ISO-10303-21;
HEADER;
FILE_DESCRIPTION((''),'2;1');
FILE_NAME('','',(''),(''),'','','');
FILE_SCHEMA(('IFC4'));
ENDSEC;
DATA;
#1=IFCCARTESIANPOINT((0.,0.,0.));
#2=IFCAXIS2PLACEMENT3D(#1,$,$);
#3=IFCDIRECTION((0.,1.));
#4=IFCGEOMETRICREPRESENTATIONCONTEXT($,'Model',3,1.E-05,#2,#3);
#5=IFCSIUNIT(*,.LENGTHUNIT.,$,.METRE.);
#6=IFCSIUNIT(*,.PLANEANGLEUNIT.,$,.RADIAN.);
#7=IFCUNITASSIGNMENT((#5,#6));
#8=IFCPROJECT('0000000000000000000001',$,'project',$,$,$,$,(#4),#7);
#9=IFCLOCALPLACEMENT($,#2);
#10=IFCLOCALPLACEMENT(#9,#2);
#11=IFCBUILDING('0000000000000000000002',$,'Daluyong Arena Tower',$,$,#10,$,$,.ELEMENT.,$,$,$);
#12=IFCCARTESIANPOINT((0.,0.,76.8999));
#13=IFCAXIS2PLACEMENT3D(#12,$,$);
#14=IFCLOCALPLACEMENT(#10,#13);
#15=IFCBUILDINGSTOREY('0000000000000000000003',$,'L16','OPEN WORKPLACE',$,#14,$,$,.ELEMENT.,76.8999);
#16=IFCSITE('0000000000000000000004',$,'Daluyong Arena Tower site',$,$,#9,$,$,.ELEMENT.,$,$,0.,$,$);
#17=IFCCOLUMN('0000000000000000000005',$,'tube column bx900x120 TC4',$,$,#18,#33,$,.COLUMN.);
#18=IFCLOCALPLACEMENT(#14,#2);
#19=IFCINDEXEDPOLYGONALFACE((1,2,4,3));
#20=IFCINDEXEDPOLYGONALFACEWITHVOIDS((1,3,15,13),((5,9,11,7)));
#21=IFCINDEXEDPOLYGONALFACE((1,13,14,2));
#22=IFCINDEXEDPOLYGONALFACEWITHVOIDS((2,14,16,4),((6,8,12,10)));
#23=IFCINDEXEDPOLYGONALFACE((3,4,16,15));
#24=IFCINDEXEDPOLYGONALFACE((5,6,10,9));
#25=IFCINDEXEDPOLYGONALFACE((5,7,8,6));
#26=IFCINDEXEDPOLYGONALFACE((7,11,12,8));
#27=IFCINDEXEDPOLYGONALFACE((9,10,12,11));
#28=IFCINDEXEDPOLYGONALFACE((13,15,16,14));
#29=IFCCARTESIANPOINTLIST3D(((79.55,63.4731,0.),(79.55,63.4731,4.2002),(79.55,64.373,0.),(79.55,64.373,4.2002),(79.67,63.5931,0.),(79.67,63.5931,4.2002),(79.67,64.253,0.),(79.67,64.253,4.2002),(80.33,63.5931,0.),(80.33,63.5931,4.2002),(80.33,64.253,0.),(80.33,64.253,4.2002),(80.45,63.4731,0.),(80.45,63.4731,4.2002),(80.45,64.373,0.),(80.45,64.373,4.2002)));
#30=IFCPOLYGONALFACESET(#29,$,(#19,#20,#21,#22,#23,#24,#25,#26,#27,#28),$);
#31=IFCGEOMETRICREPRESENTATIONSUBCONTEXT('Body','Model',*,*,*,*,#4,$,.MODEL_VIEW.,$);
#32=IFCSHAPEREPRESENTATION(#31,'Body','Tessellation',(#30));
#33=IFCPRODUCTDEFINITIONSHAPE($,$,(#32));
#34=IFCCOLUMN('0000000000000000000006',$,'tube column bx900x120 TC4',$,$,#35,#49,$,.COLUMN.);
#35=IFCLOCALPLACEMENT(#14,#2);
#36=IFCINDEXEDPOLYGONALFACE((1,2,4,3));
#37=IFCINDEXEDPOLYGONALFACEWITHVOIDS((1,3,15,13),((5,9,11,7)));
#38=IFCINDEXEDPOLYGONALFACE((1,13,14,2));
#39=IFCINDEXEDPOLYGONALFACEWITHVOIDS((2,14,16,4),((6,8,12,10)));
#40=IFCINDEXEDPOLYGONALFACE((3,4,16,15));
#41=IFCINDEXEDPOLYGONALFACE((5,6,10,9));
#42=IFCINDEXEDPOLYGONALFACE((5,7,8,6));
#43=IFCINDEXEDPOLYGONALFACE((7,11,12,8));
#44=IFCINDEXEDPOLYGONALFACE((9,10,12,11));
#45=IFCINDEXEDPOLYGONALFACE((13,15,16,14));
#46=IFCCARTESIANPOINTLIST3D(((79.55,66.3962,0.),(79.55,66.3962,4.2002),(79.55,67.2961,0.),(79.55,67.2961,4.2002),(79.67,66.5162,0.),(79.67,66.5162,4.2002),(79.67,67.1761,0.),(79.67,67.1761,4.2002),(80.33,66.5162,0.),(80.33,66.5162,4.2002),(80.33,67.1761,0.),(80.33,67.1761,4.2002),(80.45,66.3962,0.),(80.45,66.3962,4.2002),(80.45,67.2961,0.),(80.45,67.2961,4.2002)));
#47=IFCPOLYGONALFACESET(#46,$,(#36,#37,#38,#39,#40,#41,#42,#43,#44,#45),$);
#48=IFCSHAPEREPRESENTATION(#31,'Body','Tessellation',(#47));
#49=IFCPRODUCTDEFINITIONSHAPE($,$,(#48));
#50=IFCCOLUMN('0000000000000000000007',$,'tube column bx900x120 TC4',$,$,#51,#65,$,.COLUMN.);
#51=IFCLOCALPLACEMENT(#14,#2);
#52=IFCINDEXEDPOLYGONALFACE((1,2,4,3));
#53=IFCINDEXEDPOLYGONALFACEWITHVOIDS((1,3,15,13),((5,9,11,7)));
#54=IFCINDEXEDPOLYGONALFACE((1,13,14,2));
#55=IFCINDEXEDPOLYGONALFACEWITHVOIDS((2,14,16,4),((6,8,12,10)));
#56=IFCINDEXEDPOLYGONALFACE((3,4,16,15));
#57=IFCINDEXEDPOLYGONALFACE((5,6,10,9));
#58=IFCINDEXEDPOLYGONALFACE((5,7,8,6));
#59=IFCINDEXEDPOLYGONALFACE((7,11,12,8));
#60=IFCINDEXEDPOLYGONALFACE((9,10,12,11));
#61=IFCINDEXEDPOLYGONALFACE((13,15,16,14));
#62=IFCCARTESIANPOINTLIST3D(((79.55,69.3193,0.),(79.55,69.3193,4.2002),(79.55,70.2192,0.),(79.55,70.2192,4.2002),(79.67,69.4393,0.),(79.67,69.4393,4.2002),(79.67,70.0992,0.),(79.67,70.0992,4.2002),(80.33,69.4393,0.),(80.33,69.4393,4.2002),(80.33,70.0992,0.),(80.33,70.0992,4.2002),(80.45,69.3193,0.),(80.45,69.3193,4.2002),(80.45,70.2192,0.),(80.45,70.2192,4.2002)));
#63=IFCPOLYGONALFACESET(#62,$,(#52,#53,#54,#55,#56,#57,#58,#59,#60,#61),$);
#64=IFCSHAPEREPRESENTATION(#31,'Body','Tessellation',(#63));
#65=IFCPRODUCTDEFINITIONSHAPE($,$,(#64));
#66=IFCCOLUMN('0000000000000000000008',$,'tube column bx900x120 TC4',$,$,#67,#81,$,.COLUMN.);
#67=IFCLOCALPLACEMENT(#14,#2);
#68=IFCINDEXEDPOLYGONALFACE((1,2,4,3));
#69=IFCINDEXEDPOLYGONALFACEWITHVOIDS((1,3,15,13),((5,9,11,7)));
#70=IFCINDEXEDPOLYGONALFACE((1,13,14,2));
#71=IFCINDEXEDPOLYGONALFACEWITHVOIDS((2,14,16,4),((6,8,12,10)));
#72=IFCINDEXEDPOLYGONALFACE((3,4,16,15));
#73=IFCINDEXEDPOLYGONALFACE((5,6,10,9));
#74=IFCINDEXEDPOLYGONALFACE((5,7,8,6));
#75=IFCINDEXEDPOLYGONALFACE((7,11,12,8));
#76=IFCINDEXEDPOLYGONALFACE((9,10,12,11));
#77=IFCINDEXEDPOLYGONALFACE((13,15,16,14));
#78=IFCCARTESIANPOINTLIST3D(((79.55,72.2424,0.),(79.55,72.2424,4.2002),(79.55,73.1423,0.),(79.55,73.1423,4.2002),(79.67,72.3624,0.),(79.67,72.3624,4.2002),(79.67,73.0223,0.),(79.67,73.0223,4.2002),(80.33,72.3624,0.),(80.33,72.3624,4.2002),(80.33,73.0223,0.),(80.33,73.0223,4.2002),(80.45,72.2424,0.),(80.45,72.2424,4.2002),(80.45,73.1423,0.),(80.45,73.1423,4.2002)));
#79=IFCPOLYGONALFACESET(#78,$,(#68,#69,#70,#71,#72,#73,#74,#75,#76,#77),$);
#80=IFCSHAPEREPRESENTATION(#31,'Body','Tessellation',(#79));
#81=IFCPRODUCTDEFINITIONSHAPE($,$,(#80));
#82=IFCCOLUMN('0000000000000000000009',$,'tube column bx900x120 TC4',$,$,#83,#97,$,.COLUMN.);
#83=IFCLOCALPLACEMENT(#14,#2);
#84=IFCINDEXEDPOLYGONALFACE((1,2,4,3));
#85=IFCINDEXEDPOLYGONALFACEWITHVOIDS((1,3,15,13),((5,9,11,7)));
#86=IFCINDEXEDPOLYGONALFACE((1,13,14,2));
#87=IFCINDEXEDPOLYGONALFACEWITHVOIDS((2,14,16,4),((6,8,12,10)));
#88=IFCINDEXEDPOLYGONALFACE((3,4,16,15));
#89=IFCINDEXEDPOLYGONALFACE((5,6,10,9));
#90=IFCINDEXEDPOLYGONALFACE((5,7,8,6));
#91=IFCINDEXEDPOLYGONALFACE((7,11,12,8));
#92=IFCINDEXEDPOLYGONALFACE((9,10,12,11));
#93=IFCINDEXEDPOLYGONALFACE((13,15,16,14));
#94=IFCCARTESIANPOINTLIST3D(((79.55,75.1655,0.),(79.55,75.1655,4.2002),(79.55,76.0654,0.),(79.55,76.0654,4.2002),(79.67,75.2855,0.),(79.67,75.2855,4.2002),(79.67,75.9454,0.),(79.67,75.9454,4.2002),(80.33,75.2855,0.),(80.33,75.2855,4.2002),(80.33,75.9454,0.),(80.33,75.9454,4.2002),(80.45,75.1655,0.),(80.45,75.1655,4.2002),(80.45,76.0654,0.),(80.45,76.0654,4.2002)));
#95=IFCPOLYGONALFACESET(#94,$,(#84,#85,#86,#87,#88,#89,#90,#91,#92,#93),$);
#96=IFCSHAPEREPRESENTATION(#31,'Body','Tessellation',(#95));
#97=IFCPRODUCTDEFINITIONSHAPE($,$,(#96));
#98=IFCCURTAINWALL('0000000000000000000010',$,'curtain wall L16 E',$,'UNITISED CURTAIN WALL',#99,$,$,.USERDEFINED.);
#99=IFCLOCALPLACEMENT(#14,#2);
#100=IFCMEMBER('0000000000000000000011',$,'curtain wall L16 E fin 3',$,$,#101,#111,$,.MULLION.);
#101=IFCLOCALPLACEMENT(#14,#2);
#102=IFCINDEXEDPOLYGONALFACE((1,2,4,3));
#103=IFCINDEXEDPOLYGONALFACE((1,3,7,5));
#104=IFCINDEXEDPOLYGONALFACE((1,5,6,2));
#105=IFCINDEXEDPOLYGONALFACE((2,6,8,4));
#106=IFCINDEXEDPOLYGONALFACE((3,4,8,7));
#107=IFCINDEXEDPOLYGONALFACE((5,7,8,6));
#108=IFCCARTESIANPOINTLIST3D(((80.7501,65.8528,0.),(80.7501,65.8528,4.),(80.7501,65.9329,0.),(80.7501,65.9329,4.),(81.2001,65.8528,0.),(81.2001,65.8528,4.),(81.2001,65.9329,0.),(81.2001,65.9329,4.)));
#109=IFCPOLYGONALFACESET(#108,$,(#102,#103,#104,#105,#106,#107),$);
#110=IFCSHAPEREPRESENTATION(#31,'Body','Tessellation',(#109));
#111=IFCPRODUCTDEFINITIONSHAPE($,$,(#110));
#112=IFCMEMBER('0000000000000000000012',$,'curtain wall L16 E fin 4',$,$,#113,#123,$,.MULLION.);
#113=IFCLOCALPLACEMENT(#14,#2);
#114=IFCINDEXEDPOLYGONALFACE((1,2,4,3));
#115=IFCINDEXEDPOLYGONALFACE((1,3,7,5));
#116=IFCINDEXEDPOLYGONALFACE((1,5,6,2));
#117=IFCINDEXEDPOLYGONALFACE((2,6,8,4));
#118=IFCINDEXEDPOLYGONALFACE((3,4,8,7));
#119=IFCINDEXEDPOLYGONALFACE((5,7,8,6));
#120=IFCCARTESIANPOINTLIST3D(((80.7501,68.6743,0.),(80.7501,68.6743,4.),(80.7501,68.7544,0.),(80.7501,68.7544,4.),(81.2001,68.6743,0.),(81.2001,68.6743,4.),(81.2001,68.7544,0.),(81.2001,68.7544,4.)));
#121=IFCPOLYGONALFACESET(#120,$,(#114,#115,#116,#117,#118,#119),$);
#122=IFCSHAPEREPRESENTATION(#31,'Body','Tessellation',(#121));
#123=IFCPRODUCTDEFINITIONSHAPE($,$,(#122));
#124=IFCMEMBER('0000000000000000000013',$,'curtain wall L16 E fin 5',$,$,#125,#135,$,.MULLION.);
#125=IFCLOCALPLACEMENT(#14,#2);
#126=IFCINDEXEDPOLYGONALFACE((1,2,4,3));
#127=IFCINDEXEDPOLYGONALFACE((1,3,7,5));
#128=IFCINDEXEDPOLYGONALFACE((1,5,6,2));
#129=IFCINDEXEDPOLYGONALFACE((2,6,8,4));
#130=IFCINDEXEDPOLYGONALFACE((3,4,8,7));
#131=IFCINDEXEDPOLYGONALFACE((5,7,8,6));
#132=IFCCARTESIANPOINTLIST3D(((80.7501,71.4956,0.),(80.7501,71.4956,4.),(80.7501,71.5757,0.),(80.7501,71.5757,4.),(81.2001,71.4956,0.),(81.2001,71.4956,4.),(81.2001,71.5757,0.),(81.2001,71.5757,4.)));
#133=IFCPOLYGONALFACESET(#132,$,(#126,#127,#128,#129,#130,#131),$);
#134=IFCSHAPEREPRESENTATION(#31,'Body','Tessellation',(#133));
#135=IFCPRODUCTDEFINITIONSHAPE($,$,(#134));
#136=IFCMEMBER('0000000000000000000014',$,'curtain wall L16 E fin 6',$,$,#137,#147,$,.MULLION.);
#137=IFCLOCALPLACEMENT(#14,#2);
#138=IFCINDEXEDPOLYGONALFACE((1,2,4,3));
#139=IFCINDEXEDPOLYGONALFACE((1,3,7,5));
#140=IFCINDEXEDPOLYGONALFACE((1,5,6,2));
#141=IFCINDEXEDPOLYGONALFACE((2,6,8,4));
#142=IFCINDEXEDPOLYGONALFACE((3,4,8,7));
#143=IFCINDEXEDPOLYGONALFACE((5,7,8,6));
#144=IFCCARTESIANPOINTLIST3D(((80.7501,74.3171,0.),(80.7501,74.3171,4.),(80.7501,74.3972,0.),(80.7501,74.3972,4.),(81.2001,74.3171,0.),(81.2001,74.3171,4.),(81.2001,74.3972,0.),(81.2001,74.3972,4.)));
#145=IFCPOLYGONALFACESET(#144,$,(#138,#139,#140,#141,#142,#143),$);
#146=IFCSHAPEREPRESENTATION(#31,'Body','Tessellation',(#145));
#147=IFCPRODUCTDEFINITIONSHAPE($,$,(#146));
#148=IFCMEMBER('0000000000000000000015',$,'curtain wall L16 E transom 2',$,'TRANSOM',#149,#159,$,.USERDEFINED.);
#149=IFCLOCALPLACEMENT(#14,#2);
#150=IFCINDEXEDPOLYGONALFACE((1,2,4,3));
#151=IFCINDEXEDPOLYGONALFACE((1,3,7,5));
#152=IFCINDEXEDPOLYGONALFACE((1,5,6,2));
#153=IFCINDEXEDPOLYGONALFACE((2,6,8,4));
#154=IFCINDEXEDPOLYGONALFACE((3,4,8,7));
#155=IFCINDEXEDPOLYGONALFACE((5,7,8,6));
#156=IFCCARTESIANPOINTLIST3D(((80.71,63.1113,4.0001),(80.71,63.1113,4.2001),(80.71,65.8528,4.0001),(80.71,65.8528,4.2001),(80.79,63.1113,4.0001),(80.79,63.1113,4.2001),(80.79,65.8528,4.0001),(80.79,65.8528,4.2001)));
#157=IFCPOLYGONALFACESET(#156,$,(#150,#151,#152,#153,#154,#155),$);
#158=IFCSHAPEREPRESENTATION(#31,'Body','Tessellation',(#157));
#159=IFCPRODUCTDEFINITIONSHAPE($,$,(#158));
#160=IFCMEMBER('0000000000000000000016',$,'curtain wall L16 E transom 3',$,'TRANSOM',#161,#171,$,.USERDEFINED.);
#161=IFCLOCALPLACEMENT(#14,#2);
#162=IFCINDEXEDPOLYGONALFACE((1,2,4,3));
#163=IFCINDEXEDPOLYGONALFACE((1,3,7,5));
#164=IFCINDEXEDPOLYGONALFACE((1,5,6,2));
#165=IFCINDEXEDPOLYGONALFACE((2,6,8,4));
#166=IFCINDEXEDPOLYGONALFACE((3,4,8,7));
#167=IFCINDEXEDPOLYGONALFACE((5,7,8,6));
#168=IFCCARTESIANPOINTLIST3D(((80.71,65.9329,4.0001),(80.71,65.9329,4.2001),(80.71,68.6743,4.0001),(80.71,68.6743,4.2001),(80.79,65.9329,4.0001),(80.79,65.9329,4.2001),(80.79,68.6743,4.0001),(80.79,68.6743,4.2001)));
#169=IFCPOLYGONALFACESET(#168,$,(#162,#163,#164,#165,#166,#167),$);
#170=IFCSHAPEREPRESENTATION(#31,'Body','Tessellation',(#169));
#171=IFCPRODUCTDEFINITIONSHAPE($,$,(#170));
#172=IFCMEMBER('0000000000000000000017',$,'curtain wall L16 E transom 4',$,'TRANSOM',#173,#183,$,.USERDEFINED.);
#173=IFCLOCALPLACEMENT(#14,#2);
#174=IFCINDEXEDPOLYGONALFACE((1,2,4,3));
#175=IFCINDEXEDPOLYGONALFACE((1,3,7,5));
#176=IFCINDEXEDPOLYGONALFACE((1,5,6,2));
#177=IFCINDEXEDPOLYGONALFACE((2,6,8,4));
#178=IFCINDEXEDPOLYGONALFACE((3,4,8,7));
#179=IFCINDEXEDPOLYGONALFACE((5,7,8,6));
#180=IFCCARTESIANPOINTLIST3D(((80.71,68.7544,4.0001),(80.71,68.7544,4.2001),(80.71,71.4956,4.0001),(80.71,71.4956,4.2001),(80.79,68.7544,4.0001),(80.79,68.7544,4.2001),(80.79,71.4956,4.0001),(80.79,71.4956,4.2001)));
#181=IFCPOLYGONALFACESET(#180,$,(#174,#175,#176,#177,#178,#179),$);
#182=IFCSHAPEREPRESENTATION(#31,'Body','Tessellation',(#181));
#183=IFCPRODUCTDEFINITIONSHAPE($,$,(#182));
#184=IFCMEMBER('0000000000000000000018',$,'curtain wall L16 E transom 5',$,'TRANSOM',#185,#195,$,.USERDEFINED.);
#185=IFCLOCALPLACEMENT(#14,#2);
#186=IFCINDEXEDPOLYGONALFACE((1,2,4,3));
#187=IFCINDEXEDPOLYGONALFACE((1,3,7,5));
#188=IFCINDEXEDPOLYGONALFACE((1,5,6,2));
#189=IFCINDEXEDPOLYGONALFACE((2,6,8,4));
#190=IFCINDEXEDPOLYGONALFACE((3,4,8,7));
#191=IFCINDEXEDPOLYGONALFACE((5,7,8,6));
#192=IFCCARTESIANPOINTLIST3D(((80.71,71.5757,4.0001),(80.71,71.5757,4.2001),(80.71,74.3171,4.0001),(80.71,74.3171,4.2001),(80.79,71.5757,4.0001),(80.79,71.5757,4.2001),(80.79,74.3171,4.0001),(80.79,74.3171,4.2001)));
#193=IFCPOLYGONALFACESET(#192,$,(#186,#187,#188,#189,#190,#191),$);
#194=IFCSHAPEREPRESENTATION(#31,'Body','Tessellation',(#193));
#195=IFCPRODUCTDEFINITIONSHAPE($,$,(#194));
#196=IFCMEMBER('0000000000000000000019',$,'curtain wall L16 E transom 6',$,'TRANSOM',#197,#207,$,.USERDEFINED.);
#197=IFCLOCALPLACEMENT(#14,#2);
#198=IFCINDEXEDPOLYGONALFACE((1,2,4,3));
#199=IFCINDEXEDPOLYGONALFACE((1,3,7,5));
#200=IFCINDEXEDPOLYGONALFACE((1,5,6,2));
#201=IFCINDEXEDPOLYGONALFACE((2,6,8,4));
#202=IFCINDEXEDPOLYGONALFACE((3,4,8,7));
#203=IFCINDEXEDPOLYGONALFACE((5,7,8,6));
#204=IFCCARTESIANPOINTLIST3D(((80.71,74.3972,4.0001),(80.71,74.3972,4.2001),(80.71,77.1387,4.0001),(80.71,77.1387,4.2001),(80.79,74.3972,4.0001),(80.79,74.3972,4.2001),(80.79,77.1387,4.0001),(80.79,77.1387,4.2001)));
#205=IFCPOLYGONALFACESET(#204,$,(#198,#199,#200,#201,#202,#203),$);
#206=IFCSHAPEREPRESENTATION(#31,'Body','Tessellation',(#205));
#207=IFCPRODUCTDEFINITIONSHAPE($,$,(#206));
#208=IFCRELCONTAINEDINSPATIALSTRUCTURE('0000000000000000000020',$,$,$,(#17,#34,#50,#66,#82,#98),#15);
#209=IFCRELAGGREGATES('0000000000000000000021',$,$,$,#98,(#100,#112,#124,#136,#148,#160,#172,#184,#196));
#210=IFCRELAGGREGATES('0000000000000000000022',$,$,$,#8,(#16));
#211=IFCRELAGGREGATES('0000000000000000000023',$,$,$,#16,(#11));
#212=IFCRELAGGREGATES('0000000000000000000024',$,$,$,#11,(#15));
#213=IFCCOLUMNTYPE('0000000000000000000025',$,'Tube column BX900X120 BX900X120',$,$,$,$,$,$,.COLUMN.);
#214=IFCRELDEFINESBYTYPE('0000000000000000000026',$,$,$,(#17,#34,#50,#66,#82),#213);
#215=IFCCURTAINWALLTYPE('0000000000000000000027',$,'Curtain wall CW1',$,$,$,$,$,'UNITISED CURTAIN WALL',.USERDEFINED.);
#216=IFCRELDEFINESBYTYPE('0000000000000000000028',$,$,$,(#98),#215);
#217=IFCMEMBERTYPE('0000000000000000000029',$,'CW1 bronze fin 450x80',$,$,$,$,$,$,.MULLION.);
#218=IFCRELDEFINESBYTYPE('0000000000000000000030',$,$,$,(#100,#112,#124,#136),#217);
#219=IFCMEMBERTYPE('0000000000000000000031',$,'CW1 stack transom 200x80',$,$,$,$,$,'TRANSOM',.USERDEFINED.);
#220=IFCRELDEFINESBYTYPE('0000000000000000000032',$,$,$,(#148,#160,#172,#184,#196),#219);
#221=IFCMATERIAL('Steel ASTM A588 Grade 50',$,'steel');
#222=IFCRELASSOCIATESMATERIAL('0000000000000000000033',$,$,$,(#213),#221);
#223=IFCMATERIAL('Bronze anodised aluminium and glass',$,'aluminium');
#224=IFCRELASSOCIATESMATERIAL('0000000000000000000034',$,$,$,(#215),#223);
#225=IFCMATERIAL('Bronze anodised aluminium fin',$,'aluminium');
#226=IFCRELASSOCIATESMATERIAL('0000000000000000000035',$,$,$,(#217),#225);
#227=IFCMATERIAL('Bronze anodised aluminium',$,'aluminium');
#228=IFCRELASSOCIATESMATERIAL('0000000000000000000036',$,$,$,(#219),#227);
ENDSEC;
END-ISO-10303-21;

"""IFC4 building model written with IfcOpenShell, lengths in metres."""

from ifc_helpers import new_model, si_unit, direction, frame, origin, origin_2d, place, context, subcontext, project, spatial, rectangle, hollow_rectangle, extrude, material, material_profile, profile_set, type_object, element, aggregate, save


model = new_model("IFC4")

# Units and contexts
model_context = context("Model", 3, precision=1e-05, world=origin(), true_north=direction((0.0, 1.0)))
body_context = subcontext(model_context, "Body", "Model", "MODEL_VIEW")
ifc_project = project(units=[si_unit("LENGTHUNIT", "METRE"), si_unit("PLANEANGLEUNIT", "RADIAN")], contexts=[model_context])

# Site, building, storey
site_placement = place(None, origin())
site = spatial("IfcSite", under=ifc_project, at=site_placement, Name="Daluyong Arena Tower site", CompositionType="ELEMENT", RefElevation=0.0)
building_placement = place(site_placement, origin())
building = spatial("IfcBuilding", under=site, at=building_placement, Name="Daluyong Arena Tower", CompositionType="ELEMENT")
storey_placement = place(building_placement, frame((0.0, 0.0, 76.8999)))
storey = spatial("IfcBuildingStorey", under=building, at=storey_placement, Name="L16", Description="OPEN WORKPLACE", CompositionType="ELEMENT", Elevation=76.8999)

# Columns
ifc_material_1 = material(Name="Steel ASTM A588 Grade 50", Category="steel")
ifc_material_profile_1 = material_profile(ifc_material_1, hollow_rectangle(XDim=0.8999, YDim=0.8999, WallThickness=0.12, at=origin_2d()))
ifc_profile_set_1 = profile_set([ifc_material_profile_1], Name="Steel ASTM A588 Grade 50")
column_type = type_object("IfcColumnType", Name="Tube column BX900X120 BX900X120", PredefinedType="COLUMN", material=ifc_profile_set_1)
for number, where, z_axis, x_axis, name in (
    (1, (80.0, 63.9231, 0.0), (0.0, 0.0, 1.0), (0.0, 1.0, 0.0), "tube column bx900x120 TC4"),
    (2, (80.0, 66.8462, 0.0), (0.0, 0.0, 1.0), (0.0, 1.0, 0.0), "tube column bx900x120 TC4"),
    (3, (80.0, 69.7693, 0.0), (0.0, 0.0, 1.0), (0.0, 1.0, 0.0), "tube column bx900x120 TC4"),
    (4, (80.0, 72.6924, 0.0), (0.0, 0.0, 1.0), (0.0, 1.0, 0.0), "tube column bx900x120 TC4"),
    (5, (80.0, 75.6155, 0.0), (0.0, 0.0, 1.0), (0.0, 1.0, 0.0), "tube column bx900x120 TC4"),
):
    element("IfcColumn", number, at=place(storey_placement, frame(where, z_axis=z_axis, x_axis=x_axis)), inside=storey, type_object=column_type, Name=name, PredefinedType="COLUMN", context=body_context, shape_type="SweptSolid", body=[
        extrude(hollow_rectangle(XDim=0.8999, YDim=0.8999, WallThickness=0.12, at=origin_2d()), origin(), (0.0, 0.0, 1.0), 4.2002),
    ])

# Curtain wall, members
ifc_material_2 = material(Name="Bronze anodised aluminium and glass", Category="aluminium")
curtain_wall_type = type_object("IfcCurtainWallType", Name="Curtain wall CW1", ElementType="UNITISED CURTAIN WALL", PredefinedType="USERDEFINED", material=ifc_material_2)
curtain_wall_placement = place(storey_placement, origin())
curtain_wall = element("IfcCurtainWall", 6, at=curtain_wall_placement, inside=storey, type_object=curtain_wall_type, Name="curtain wall L16 E", ObjectType="UNITISED CURTAIN WALL", PredefinedType="USERDEFINED")
ifc_material_3 = material(Name="Bronze anodised aluminium fin", Category="aluminium")
ifc_material_profile_2 = material_profile(ifc_material_3, rectangle(XDim=0.45, YDim=0.0801, at=origin_2d()))
ifc_profile_set_2 = profile_set([ifc_material_profile_2], Name="Bronze anodised aluminium fin")
member_type_1 = type_object("IfcMemberType", Name="CW1 bronze fin 450x80", PredefinedType="MULLION", material=ifc_profile_set_2)
member_1_placement = place(storey_placement, frame((80.9751, 65.8928, 0.0), z_axis=(0.0, 0.0, 1.0), x_axis=(-1.0, 0.0, 0.0)))
member_1 = element("IfcMember", 7, at=member_1_placement, type_object=member_type_1, Name="curtain wall L16 E fin 3", PredefinedType="MULLION", context=body_context, shape_type="SweptSolid", body=[
    extrude(rectangle(XDim=0.45, YDim=0.0801, at=origin_2d()), origin(), (0.0, 0.0, 1.0), 4.0),
])
member_2_placement = place(storey_placement, frame((80.9751, 68.7144, 0.0), z_axis=(0.0, 0.0, 1.0), x_axis=(-1.0, 0.0, 0.0)))
member_2 = element("IfcMember", 8, at=member_2_placement, type_object=member_type_1, Name="curtain wall L16 E fin 4", PredefinedType="MULLION", context=body_context, shape_type="SweptSolid", body=[
    extrude(rectangle(XDim=0.45, YDim=0.0801, at=origin_2d()), origin(), (0.0, 0.0, 1.0), 4.0),
])
member_3_placement = place(storey_placement, frame((80.9751, 71.5356, 0.0), z_axis=(0.0, 0.0, 1.0), x_axis=(-1.0, 0.0, 0.0)))
member_3 = element("IfcMember", 9, at=member_3_placement, type_object=member_type_1, Name="curtain wall L16 E fin 5", PredefinedType="MULLION", context=body_context, shape_type="SweptSolid", body=[
    extrude(rectangle(XDim=0.45, YDim=0.0801, at=origin_2d()), origin(), (0.0, 0.0, 1.0), 4.0),
])
member_4_placement = place(storey_placement, frame((80.9751, 74.3572, 0.0), z_axis=(0.0, 0.0, 1.0), x_axis=(-1.0, 0.0, 0.0)))
member_4 = element("IfcMember", 10, at=member_4_placement, type_object=member_type_1, Name="curtain wall L16 E fin 6", PredefinedType="MULLION", context=body_context, shape_type="SweptSolid", body=[
    extrude(rectangle(XDim=0.45, YDim=0.0801, at=origin_2d()), origin(), (0.0, 0.0, 1.0), 4.0),
])
ifc_material_4 = material(Name="Bronze anodised aluminium", Category="aluminium")
ifc_material_profile_3 = material_profile(ifc_material_4, rectangle(XDim=0.0801, YDim=0.2, at=origin_2d()))
ifc_profile_set_3 = profile_set([ifc_material_profile_3], Name="Bronze anodised aluminium")
member_type_2 = type_object("IfcMemberType", Name="CW1 stack transom 200x80", ElementType="TRANSOM", PredefinedType="USERDEFINED", material=ifc_profile_set_3)
member_5_placement = place(storey_placement, frame((80.75, 63.1113, 4.1001), z_axis=(0.0, 1.0, 0.0), x_axis=(-1.0, 0.0, 0.0)))
member_5 = element("IfcMember", 11, at=member_5_placement, type_object=member_type_2, Name="curtain wall L16 E transom 2", ObjectType="TRANSOM", PredefinedType="USERDEFINED", context=body_context, shape_type="SweptSolid", body=[
    extrude(rectangle(XDim=0.0801, YDim=0.2, at=origin_2d()), origin(), (0.0, 0.0, 1.0), 2.7415),
])
member_6_placement = place(storey_placement, frame((80.75, 65.9329, 4.1001), z_axis=(0.0, 1.0, 0.0), x_axis=(-1.0, 0.0, 0.0)))
member_6 = element("IfcMember", 12, at=member_6_placement, type_object=member_type_2, Name="curtain wall L16 E transom 3", ObjectType="TRANSOM", PredefinedType="USERDEFINED", context=body_context, shape_type="SweptSolid", body=[
    extrude(rectangle(XDim=0.0801, YDim=0.2, at=origin_2d()), origin(), (0.0, 0.0, 1.0), 2.7415),
])
member_7_placement = place(storey_placement, frame((80.75, 68.7544, 4.1001), z_axis=(0.0, 1.0, 0.0), x_axis=(-1.0, 0.0, 0.0)))
member_7 = element("IfcMember", 13, at=member_7_placement, type_object=member_type_2, Name="curtain wall L16 E transom 4", ObjectType="TRANSOM", PredefinedType="USERDEFINED", context=body_context, shape_type="SweptSolid", body=[
    extrude(rectangle(XDim=0.0801, YDim=0.2, at=origin_2d()), origin(), (0.0, 0.0, 1.0), 2.7412),
])
member_8_placement = place(storey_placement, frame((80.75, 71.5757, 4.1001), z_axis=(0.0, 1.0, 0.0), x_axis=(-1.0, 0.0, 0.0)))
member_8 = element("IfcMember", 14, at=member_8_placement, type_object=member_type_2, Name="curtain wall L16 E transom 5", ObjectType="TRANSOM", PredefinedType="USERDEFINED", context=body_context, shape_type="SweptSolid", body=[
    extrude(rectangle(XDim=0.0801, YDim=0.2, at=origin_2d()), origin(), (0.0, 0.0, 1.0), 2.7415),
])
member_9_placement = place(storey_placement, frame((80.75, 74.3972, 4.1001), z_axis=(0.0, 1.0, 0.0), x_axis=(-1.0, 0.0, 0.0)))
member_9 = element("IfcMember", 15, at=member_9_placement, type_object=member_type_2, Name="curtain wall L16 E transom 6", ObjectType="TRANSOM", PredefinedType="USERDEFINED", context=body_context, shape_type="SweptSolid", body=[
    extrude(rectangle(XDim=0.0801, YDim=0.2, at=origin_2d()), origin(), (0.0, 0.0, 1.0), 2.7415),
])

aggregate(curtain_wall, [member_1, member_2, member_3, member_4, member_5, member_6, member_7, member_8, member_9])

save(model, "model.ifc")
